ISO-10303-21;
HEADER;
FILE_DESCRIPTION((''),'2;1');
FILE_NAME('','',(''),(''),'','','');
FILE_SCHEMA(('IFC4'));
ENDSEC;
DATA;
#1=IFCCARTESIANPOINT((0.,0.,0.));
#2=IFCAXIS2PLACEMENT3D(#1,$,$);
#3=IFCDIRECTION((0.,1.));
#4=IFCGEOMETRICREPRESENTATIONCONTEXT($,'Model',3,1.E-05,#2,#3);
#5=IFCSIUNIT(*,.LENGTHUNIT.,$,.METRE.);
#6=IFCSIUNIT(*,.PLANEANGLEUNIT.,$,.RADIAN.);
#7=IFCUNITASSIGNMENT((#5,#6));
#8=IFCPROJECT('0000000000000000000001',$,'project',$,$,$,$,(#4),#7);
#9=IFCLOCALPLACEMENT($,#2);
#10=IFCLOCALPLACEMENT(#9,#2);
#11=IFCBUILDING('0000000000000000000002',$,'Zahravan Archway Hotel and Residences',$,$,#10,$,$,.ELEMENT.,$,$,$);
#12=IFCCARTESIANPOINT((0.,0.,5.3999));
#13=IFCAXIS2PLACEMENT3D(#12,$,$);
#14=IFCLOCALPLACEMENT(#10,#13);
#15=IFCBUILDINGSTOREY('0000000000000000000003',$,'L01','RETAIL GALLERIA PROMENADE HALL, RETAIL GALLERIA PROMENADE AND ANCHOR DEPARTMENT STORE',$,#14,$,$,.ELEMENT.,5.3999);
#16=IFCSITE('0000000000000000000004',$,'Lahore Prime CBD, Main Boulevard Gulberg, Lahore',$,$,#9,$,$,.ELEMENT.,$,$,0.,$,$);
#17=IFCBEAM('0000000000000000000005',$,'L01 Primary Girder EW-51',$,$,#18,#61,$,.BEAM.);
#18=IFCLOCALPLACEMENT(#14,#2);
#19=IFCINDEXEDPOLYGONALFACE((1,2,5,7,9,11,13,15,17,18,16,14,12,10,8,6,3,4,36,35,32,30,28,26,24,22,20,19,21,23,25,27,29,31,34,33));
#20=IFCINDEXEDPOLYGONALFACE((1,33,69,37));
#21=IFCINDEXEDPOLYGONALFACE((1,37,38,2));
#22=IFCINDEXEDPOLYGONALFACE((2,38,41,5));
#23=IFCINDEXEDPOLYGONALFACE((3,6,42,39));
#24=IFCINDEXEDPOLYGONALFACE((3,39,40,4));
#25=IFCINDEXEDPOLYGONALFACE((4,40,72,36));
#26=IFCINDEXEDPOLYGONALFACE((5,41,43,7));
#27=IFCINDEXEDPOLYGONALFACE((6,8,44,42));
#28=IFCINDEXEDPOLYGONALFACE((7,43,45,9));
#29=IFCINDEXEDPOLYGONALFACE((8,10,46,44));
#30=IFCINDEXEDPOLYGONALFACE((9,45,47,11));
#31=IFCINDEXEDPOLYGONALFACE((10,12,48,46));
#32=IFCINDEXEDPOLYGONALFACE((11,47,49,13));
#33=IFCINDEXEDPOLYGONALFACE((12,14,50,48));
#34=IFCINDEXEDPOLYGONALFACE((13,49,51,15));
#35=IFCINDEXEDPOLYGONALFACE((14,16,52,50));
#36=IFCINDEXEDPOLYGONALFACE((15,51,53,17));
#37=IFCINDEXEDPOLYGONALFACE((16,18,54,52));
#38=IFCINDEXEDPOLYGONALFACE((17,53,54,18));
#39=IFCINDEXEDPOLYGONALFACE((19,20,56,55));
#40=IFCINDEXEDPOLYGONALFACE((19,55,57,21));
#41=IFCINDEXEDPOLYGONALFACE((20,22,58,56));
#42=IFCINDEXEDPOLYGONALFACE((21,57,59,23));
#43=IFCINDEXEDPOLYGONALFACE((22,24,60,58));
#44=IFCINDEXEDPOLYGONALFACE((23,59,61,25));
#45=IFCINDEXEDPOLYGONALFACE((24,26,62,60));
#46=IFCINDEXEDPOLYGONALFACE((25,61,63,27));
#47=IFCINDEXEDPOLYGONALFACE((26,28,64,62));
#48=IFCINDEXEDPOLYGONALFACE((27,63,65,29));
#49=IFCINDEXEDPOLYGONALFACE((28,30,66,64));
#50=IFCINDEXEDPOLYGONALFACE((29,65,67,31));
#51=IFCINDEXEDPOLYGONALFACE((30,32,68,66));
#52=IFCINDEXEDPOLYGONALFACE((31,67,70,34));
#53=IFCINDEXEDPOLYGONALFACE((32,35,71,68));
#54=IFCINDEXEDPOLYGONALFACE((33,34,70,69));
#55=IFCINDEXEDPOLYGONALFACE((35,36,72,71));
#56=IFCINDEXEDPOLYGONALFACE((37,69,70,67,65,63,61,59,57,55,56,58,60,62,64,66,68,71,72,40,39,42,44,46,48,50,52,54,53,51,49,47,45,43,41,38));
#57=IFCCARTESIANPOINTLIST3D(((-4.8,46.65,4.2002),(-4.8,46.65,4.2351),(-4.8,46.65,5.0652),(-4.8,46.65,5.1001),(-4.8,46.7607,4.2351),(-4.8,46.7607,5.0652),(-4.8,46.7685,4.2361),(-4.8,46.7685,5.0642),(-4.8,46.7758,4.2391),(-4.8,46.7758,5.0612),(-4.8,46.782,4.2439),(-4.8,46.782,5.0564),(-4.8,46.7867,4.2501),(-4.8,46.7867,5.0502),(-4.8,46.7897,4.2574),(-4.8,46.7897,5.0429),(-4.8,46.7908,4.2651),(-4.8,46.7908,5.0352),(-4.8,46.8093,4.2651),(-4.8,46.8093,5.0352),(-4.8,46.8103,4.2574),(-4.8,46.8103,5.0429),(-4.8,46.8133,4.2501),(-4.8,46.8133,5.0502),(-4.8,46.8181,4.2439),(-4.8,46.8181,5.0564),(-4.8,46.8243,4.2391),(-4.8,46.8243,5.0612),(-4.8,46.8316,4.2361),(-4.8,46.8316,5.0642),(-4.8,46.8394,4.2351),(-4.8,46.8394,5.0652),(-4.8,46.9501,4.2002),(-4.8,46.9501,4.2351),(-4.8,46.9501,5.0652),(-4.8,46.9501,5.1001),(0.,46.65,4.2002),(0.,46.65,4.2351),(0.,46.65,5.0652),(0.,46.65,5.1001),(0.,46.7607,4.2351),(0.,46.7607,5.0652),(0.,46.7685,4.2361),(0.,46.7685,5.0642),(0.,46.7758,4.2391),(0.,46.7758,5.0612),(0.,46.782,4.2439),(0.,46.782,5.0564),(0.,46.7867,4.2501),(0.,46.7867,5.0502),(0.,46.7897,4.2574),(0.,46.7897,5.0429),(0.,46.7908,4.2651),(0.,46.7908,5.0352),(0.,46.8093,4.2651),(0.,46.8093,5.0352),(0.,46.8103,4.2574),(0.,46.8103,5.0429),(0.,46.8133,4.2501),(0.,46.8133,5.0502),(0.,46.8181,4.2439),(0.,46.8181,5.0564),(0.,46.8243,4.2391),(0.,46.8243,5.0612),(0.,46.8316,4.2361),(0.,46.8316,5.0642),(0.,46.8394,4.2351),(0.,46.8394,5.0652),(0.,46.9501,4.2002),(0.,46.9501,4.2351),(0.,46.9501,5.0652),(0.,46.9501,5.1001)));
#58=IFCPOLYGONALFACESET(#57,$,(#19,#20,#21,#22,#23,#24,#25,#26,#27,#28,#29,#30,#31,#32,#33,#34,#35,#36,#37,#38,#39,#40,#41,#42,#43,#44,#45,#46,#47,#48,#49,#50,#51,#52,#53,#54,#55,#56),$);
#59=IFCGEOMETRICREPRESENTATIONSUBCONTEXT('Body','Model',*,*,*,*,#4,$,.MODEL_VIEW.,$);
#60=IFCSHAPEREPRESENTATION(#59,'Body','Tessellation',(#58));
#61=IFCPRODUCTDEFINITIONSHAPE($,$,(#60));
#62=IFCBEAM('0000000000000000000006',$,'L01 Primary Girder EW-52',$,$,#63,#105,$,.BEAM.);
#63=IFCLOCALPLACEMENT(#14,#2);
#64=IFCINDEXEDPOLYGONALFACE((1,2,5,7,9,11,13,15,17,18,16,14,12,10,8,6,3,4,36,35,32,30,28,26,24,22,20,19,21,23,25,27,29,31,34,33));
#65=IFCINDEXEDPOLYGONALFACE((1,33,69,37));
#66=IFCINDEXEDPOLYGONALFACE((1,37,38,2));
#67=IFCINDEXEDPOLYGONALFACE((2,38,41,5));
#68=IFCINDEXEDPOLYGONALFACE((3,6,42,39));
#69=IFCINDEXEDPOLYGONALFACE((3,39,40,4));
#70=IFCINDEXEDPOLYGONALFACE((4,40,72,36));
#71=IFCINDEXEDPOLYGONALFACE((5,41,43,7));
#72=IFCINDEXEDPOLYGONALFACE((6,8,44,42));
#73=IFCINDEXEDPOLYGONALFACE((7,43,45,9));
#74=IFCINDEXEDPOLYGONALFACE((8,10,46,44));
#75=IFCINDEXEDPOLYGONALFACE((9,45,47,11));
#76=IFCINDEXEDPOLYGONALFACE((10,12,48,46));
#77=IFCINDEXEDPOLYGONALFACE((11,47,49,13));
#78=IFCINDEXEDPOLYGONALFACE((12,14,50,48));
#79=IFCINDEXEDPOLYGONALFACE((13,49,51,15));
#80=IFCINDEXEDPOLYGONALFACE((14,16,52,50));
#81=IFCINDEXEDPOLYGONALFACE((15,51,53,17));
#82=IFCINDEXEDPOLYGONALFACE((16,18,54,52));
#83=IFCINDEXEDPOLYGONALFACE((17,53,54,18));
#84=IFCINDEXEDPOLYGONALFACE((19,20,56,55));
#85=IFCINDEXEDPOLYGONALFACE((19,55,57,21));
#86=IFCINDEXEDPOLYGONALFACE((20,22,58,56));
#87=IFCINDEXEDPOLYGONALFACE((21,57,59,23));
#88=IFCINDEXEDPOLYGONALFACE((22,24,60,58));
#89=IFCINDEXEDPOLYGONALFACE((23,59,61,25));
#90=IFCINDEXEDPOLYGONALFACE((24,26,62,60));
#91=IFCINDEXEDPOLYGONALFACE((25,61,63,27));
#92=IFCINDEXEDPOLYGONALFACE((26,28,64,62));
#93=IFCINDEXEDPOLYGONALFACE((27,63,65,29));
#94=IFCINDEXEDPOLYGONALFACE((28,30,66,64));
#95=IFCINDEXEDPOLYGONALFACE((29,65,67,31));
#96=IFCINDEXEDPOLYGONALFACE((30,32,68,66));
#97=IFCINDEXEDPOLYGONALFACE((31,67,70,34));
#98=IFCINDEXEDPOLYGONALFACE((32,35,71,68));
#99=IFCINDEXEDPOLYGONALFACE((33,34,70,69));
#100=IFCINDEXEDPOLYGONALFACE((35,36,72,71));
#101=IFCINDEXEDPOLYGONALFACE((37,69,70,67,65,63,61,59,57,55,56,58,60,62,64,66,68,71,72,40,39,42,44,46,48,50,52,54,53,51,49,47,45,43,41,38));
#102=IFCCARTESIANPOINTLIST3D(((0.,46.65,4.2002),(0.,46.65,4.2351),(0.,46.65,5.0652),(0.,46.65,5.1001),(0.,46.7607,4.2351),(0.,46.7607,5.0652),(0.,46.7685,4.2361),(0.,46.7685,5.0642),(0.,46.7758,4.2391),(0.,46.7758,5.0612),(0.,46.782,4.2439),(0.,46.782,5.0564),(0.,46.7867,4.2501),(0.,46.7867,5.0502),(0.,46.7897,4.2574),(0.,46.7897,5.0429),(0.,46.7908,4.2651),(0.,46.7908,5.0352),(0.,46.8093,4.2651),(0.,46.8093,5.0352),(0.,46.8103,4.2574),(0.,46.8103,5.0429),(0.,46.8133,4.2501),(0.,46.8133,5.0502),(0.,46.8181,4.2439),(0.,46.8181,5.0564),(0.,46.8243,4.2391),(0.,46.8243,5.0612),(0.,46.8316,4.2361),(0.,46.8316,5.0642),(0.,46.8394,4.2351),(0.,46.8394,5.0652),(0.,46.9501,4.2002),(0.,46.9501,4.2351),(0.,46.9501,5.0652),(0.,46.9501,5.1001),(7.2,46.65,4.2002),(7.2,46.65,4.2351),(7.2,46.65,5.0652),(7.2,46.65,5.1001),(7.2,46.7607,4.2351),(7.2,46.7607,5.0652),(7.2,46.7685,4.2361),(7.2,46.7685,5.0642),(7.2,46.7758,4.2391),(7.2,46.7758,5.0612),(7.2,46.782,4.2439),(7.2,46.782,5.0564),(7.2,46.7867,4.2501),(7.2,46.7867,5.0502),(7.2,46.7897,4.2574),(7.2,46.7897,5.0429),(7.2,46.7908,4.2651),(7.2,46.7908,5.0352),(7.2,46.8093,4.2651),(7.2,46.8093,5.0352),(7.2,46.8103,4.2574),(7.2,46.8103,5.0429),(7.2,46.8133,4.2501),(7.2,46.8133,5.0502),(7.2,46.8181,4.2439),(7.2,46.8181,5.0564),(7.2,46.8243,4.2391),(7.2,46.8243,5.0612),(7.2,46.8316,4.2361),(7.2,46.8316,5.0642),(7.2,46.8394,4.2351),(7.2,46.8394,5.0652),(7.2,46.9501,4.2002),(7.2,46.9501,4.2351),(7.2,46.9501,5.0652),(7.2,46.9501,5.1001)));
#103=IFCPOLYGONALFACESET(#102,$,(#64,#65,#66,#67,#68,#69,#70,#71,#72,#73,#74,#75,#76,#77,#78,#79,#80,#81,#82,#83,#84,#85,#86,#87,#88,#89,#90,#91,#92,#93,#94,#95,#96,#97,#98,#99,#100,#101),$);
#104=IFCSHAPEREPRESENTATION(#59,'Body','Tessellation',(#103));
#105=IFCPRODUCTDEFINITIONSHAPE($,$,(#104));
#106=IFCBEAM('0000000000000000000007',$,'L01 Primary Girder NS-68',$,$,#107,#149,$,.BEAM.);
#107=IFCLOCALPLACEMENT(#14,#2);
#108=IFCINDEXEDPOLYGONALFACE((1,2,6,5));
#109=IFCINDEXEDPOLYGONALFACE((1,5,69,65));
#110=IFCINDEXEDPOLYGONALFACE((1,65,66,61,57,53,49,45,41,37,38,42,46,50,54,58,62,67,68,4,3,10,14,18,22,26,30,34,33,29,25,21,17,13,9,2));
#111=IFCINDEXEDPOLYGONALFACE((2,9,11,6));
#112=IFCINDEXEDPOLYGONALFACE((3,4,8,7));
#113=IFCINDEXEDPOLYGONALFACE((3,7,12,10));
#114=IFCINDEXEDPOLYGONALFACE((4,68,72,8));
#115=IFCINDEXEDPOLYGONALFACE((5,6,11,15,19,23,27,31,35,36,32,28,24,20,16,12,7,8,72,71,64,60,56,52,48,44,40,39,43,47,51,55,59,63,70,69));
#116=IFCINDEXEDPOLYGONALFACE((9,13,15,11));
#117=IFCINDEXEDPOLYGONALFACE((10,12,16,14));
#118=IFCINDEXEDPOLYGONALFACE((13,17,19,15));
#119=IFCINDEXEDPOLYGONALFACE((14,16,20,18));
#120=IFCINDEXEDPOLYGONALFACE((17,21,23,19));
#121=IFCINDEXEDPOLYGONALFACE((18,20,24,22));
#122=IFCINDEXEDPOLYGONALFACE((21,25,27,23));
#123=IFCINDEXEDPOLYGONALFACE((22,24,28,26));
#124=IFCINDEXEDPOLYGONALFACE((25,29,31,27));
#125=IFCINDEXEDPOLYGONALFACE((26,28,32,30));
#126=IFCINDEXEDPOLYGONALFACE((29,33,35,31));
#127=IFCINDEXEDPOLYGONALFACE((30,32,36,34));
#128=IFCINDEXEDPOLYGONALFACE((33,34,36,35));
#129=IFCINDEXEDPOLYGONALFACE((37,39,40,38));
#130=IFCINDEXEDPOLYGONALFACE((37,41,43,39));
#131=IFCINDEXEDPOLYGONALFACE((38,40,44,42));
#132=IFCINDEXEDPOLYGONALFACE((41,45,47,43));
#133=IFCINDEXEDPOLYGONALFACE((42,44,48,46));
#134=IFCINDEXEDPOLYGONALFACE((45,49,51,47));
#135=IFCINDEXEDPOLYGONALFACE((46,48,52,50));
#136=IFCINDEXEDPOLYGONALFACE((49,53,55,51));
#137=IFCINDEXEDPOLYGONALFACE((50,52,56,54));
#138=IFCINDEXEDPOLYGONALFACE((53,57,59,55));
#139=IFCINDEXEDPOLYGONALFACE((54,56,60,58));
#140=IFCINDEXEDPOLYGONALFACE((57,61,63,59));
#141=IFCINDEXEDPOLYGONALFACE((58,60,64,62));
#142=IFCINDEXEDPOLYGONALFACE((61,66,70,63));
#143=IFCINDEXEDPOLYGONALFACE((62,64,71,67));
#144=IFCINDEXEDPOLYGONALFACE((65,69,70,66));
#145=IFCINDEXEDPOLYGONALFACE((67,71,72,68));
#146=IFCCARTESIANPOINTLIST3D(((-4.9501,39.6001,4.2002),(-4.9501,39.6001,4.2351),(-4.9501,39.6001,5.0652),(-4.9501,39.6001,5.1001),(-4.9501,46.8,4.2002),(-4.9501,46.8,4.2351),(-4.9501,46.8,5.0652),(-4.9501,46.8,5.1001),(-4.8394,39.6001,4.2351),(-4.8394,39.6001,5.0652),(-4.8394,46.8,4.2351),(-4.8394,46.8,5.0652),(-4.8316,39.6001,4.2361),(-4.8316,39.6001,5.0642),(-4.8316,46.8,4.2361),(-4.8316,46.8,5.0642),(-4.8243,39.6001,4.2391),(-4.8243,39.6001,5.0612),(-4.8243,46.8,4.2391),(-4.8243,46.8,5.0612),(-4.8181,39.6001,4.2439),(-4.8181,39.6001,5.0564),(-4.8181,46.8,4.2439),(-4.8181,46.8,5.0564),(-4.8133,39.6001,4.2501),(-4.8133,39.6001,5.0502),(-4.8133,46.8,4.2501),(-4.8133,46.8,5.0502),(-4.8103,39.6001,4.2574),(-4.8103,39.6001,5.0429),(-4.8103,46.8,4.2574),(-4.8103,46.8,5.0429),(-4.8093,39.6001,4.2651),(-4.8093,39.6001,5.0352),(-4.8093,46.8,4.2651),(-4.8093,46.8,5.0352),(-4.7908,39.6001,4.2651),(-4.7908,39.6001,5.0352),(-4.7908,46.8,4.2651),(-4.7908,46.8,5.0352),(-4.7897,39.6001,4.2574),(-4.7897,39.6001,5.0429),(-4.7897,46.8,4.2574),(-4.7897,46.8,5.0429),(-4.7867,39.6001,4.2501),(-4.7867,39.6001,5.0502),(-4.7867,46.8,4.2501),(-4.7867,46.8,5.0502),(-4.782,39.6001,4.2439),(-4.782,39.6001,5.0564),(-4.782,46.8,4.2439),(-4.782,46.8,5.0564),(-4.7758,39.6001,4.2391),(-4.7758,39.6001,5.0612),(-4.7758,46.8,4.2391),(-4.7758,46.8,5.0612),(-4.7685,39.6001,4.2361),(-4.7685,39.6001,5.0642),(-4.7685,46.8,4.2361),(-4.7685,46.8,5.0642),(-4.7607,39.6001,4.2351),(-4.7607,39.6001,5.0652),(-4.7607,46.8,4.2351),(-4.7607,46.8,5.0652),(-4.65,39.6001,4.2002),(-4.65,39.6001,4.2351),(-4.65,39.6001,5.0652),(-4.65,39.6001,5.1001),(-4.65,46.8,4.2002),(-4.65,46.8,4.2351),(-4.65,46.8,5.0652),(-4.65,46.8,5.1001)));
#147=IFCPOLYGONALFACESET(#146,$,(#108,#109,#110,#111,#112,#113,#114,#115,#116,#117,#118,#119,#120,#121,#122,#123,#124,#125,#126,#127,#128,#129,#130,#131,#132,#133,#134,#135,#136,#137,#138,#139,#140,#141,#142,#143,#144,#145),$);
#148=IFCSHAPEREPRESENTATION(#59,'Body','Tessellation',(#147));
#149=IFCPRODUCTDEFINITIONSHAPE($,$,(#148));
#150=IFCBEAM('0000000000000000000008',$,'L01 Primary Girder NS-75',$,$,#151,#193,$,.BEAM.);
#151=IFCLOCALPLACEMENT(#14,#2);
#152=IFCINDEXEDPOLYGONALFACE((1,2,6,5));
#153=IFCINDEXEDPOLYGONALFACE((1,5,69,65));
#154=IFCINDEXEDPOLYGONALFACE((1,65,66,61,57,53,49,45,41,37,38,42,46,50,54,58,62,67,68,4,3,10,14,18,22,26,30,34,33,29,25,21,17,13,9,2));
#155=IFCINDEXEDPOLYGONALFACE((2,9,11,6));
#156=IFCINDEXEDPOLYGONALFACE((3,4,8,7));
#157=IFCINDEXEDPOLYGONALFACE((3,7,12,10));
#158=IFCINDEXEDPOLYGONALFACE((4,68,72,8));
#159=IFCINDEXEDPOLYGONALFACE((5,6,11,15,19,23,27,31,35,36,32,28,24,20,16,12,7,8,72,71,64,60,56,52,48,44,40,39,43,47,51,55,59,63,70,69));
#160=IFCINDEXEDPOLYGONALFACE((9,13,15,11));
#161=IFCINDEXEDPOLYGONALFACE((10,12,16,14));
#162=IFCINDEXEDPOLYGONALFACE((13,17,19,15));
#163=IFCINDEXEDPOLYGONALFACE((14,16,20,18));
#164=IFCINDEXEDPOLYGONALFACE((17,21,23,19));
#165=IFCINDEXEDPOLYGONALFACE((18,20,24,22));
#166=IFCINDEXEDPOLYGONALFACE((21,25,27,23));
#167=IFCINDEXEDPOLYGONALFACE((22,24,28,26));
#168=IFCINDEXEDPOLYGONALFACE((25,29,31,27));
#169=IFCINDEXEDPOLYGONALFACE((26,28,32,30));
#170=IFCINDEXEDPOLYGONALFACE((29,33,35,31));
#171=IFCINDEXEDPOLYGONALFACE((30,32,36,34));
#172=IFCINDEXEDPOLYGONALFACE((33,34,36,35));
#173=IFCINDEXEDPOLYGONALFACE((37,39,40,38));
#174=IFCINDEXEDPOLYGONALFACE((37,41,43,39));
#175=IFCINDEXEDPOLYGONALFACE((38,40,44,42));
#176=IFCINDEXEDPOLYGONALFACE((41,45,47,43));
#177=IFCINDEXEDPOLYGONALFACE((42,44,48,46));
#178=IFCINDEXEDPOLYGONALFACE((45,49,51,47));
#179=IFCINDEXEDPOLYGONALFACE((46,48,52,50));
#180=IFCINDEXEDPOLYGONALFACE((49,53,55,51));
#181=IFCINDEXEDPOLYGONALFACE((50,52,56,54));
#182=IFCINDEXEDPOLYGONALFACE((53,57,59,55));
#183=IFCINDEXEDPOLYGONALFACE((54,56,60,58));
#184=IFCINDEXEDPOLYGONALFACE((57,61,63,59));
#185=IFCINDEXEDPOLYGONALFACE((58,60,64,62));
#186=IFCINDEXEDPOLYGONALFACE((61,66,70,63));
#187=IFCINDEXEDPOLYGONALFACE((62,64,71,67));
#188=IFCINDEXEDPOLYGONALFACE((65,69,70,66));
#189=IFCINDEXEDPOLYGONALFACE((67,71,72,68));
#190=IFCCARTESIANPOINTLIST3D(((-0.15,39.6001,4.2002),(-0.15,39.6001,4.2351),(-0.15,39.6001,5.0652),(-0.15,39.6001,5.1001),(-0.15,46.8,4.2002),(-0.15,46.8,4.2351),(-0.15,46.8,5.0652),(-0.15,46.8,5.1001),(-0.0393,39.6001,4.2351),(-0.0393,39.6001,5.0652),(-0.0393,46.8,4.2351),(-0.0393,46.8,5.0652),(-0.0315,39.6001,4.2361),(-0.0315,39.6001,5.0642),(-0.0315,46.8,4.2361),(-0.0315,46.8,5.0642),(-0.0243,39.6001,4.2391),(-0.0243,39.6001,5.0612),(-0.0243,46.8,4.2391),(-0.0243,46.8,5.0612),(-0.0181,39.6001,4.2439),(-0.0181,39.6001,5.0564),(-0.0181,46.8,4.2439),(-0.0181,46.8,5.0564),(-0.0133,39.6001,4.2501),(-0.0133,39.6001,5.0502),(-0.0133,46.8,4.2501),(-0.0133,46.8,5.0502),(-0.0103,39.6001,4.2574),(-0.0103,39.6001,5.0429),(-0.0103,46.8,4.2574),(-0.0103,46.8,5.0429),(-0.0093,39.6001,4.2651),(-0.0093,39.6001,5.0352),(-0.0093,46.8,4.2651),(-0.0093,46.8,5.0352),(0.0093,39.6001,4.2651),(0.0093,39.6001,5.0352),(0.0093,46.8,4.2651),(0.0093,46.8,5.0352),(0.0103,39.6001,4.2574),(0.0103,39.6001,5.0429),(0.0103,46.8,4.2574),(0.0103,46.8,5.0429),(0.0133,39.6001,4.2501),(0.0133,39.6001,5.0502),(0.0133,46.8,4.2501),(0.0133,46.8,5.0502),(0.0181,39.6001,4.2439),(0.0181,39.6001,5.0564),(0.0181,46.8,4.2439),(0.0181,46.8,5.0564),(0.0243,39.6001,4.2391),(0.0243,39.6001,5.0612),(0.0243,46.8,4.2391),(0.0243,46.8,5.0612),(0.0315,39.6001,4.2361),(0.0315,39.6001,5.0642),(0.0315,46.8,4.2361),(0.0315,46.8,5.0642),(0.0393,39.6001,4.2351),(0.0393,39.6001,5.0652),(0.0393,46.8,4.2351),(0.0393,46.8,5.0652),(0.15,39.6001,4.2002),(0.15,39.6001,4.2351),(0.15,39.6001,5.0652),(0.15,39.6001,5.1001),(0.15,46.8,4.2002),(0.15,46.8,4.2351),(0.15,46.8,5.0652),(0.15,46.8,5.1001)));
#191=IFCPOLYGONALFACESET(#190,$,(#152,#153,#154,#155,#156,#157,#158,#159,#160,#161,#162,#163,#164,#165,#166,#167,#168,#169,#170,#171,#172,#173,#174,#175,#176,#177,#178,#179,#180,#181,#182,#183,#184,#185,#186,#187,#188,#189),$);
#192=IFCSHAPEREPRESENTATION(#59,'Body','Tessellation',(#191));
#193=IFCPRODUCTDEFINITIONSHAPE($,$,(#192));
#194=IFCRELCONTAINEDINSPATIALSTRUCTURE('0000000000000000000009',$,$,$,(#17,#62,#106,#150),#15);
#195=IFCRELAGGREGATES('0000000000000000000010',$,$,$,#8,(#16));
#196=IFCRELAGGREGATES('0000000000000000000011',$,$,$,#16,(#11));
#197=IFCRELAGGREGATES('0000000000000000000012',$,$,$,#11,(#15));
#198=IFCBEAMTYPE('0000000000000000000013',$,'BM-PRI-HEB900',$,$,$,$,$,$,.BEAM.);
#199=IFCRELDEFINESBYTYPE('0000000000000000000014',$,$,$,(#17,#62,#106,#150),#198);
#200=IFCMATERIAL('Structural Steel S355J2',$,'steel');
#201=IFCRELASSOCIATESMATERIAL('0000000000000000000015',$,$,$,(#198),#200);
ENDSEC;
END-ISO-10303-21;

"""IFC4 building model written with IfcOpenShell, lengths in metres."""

from ifc_helpers import new_model, si_unit, direction, frame, origin, origin_2d, place, context, subcontext, project, spatial, i_section, extrude, source, transform, mapped, material, material_profile, profile_set, type_object, type_shapes, element, save


model = new_model("IFC4")

# Units and contexts
model_context = context("Model", 3, precision=1e-05, world=origin(), true_north=direction((0.0, 1.0)))
body_context = subcontext(model_context, "Body", "Model", "MODEL_VIEW")
ifc_project = project(units=[si_unit("LENGTHUNIT", "METRE"), si_unit("PLANEANGLEUNIT", "RADIAN")], contexts=[model_context])

# Site, building, storey
site_placement = place(None, origin())
site = spatial("IfcSite", under=ifc_project, at=site_placement, Name="Lahore Prime CBD, Main Boulevard Gulberg, Lahore", CompositionType="ELEMENT", RefElevation=0.0)
building_placement = place(site_placement, origin())
building = spatial("IfcBuilding", under=site, at=building_placement, Name="Zahravan Archway Hotel and Residences", CompositionType="ELEMENT")
storey_placement = place(building_placement, frame((0.0, 0.0, 5.3999)))
storey = spatial("IfcBuildingStorey", under=building, at=storey_placement, Name="L01", Description="RETAIL GALLERIA PROMENADE HALL, RETAIL GALLERIA PROMENADE AND ANCHOR DEPARTMENT STORE", CompositionType="ELEMENT", Elevation=5.3999)

# Beams
ifc_material_1 = material(Name="Structural Steel S355J2", Category="steel")
ifc_material_profile_1 = material_profile(ifc_material_1, i_section(OverallWidth=0.3, OverallDepth=0.8999, WebThickness=0.0186, FlangeThickness=0.0349, FilletRadius=0.03, at=origin_2d()), Name="HEB 900", Category="steel")
ifc_profile_set_1 = profile_set([ifc_material_profile_1], Name="Structural Steel S355J2")
beam_type_1 = type_object("IfcBeamType", Name="BM-PRI-HEB900", PredefinedType="BEAM", material=ifc_profile_set_1)
shared_shape_1 = source(origin(), body_context, "Body", "SweptSolid", [
    extrude(i_section(OverallWidth=0.3, OverallDepth=0.8999, WebThickness=0.0186, FlangeThickness=0.0349, FilletRadius=0.03, at=origin_2d()), origin(), (0.0, 0.0, 1.0), 4.8),
])
type_shapes(beam_type_1, [shared_shape_1])
for number, where, z_axis, x_axis, name in (
    (1, (-4.8, 46.8, 4.6501), (1.0, 0.0, 0.0), (0.0, 1.0, 0.0), "L01 Primary Girder EW-51"),
):
    element("IfcBeam", number, at=place(storey_placement, frame(where, z_axis=z_axis, x_axis=x_axis)), inside=storey, type_object=beam_type_1, Name=name, PredefinedType="BEAM", context=body_context, shape_type="MappedRepresentation", body=[
        mapped(shared_shape_1, transform((0.0, 0.0, 0.0), scale=1.0)),
    ])
shared_shape_2 = source(origin(), body_context, "Body", "SweptSolid", [
    extrude(i_section(OverallWidth=0.3, OverallDepth=0.8999, WebThickness=0.0186, FlangeThickness=0.0349, FilletRadius=0.03, at=origin_2d()), origin(), (0.0, 0.0, 1.0), 7.2),
])
for number, where, z_axis, x_axis, name in (
    (2, (0.0, 46.8, 4.6501), (1.0, 0.0, 0.0), (0.0, 1.0, 0.0), "L01 Primary Girder EW-52"),
    (3, (-4.8, 39.6001, 4.6501), (0.0, 1.0, 0.0), (-1.0, 0.0, 0.0), "L01 Primary Girder NS-68"),
    (4, (0.0, 39.6001, 4.6501), (0.0, 1.0, 0.0), (-1.0, 0.0, 0.0), "L01 Primary Girder NS-75"),
):
    element("IfcBeam", number, at=place(storey_placement, frame(where, z_axis=z_axis, x_axis=x_axis)), inside=storey, type_object=beam_type_1, Name=name, PredefinedType="BEAM", context=body_context, shape_type="MappedRepresentation", body=[
        mapped(shared_shape_2, transform((0.0, 0.0, 0.0), scale=1.0)),
    ])

save(model, "model.ifc")
